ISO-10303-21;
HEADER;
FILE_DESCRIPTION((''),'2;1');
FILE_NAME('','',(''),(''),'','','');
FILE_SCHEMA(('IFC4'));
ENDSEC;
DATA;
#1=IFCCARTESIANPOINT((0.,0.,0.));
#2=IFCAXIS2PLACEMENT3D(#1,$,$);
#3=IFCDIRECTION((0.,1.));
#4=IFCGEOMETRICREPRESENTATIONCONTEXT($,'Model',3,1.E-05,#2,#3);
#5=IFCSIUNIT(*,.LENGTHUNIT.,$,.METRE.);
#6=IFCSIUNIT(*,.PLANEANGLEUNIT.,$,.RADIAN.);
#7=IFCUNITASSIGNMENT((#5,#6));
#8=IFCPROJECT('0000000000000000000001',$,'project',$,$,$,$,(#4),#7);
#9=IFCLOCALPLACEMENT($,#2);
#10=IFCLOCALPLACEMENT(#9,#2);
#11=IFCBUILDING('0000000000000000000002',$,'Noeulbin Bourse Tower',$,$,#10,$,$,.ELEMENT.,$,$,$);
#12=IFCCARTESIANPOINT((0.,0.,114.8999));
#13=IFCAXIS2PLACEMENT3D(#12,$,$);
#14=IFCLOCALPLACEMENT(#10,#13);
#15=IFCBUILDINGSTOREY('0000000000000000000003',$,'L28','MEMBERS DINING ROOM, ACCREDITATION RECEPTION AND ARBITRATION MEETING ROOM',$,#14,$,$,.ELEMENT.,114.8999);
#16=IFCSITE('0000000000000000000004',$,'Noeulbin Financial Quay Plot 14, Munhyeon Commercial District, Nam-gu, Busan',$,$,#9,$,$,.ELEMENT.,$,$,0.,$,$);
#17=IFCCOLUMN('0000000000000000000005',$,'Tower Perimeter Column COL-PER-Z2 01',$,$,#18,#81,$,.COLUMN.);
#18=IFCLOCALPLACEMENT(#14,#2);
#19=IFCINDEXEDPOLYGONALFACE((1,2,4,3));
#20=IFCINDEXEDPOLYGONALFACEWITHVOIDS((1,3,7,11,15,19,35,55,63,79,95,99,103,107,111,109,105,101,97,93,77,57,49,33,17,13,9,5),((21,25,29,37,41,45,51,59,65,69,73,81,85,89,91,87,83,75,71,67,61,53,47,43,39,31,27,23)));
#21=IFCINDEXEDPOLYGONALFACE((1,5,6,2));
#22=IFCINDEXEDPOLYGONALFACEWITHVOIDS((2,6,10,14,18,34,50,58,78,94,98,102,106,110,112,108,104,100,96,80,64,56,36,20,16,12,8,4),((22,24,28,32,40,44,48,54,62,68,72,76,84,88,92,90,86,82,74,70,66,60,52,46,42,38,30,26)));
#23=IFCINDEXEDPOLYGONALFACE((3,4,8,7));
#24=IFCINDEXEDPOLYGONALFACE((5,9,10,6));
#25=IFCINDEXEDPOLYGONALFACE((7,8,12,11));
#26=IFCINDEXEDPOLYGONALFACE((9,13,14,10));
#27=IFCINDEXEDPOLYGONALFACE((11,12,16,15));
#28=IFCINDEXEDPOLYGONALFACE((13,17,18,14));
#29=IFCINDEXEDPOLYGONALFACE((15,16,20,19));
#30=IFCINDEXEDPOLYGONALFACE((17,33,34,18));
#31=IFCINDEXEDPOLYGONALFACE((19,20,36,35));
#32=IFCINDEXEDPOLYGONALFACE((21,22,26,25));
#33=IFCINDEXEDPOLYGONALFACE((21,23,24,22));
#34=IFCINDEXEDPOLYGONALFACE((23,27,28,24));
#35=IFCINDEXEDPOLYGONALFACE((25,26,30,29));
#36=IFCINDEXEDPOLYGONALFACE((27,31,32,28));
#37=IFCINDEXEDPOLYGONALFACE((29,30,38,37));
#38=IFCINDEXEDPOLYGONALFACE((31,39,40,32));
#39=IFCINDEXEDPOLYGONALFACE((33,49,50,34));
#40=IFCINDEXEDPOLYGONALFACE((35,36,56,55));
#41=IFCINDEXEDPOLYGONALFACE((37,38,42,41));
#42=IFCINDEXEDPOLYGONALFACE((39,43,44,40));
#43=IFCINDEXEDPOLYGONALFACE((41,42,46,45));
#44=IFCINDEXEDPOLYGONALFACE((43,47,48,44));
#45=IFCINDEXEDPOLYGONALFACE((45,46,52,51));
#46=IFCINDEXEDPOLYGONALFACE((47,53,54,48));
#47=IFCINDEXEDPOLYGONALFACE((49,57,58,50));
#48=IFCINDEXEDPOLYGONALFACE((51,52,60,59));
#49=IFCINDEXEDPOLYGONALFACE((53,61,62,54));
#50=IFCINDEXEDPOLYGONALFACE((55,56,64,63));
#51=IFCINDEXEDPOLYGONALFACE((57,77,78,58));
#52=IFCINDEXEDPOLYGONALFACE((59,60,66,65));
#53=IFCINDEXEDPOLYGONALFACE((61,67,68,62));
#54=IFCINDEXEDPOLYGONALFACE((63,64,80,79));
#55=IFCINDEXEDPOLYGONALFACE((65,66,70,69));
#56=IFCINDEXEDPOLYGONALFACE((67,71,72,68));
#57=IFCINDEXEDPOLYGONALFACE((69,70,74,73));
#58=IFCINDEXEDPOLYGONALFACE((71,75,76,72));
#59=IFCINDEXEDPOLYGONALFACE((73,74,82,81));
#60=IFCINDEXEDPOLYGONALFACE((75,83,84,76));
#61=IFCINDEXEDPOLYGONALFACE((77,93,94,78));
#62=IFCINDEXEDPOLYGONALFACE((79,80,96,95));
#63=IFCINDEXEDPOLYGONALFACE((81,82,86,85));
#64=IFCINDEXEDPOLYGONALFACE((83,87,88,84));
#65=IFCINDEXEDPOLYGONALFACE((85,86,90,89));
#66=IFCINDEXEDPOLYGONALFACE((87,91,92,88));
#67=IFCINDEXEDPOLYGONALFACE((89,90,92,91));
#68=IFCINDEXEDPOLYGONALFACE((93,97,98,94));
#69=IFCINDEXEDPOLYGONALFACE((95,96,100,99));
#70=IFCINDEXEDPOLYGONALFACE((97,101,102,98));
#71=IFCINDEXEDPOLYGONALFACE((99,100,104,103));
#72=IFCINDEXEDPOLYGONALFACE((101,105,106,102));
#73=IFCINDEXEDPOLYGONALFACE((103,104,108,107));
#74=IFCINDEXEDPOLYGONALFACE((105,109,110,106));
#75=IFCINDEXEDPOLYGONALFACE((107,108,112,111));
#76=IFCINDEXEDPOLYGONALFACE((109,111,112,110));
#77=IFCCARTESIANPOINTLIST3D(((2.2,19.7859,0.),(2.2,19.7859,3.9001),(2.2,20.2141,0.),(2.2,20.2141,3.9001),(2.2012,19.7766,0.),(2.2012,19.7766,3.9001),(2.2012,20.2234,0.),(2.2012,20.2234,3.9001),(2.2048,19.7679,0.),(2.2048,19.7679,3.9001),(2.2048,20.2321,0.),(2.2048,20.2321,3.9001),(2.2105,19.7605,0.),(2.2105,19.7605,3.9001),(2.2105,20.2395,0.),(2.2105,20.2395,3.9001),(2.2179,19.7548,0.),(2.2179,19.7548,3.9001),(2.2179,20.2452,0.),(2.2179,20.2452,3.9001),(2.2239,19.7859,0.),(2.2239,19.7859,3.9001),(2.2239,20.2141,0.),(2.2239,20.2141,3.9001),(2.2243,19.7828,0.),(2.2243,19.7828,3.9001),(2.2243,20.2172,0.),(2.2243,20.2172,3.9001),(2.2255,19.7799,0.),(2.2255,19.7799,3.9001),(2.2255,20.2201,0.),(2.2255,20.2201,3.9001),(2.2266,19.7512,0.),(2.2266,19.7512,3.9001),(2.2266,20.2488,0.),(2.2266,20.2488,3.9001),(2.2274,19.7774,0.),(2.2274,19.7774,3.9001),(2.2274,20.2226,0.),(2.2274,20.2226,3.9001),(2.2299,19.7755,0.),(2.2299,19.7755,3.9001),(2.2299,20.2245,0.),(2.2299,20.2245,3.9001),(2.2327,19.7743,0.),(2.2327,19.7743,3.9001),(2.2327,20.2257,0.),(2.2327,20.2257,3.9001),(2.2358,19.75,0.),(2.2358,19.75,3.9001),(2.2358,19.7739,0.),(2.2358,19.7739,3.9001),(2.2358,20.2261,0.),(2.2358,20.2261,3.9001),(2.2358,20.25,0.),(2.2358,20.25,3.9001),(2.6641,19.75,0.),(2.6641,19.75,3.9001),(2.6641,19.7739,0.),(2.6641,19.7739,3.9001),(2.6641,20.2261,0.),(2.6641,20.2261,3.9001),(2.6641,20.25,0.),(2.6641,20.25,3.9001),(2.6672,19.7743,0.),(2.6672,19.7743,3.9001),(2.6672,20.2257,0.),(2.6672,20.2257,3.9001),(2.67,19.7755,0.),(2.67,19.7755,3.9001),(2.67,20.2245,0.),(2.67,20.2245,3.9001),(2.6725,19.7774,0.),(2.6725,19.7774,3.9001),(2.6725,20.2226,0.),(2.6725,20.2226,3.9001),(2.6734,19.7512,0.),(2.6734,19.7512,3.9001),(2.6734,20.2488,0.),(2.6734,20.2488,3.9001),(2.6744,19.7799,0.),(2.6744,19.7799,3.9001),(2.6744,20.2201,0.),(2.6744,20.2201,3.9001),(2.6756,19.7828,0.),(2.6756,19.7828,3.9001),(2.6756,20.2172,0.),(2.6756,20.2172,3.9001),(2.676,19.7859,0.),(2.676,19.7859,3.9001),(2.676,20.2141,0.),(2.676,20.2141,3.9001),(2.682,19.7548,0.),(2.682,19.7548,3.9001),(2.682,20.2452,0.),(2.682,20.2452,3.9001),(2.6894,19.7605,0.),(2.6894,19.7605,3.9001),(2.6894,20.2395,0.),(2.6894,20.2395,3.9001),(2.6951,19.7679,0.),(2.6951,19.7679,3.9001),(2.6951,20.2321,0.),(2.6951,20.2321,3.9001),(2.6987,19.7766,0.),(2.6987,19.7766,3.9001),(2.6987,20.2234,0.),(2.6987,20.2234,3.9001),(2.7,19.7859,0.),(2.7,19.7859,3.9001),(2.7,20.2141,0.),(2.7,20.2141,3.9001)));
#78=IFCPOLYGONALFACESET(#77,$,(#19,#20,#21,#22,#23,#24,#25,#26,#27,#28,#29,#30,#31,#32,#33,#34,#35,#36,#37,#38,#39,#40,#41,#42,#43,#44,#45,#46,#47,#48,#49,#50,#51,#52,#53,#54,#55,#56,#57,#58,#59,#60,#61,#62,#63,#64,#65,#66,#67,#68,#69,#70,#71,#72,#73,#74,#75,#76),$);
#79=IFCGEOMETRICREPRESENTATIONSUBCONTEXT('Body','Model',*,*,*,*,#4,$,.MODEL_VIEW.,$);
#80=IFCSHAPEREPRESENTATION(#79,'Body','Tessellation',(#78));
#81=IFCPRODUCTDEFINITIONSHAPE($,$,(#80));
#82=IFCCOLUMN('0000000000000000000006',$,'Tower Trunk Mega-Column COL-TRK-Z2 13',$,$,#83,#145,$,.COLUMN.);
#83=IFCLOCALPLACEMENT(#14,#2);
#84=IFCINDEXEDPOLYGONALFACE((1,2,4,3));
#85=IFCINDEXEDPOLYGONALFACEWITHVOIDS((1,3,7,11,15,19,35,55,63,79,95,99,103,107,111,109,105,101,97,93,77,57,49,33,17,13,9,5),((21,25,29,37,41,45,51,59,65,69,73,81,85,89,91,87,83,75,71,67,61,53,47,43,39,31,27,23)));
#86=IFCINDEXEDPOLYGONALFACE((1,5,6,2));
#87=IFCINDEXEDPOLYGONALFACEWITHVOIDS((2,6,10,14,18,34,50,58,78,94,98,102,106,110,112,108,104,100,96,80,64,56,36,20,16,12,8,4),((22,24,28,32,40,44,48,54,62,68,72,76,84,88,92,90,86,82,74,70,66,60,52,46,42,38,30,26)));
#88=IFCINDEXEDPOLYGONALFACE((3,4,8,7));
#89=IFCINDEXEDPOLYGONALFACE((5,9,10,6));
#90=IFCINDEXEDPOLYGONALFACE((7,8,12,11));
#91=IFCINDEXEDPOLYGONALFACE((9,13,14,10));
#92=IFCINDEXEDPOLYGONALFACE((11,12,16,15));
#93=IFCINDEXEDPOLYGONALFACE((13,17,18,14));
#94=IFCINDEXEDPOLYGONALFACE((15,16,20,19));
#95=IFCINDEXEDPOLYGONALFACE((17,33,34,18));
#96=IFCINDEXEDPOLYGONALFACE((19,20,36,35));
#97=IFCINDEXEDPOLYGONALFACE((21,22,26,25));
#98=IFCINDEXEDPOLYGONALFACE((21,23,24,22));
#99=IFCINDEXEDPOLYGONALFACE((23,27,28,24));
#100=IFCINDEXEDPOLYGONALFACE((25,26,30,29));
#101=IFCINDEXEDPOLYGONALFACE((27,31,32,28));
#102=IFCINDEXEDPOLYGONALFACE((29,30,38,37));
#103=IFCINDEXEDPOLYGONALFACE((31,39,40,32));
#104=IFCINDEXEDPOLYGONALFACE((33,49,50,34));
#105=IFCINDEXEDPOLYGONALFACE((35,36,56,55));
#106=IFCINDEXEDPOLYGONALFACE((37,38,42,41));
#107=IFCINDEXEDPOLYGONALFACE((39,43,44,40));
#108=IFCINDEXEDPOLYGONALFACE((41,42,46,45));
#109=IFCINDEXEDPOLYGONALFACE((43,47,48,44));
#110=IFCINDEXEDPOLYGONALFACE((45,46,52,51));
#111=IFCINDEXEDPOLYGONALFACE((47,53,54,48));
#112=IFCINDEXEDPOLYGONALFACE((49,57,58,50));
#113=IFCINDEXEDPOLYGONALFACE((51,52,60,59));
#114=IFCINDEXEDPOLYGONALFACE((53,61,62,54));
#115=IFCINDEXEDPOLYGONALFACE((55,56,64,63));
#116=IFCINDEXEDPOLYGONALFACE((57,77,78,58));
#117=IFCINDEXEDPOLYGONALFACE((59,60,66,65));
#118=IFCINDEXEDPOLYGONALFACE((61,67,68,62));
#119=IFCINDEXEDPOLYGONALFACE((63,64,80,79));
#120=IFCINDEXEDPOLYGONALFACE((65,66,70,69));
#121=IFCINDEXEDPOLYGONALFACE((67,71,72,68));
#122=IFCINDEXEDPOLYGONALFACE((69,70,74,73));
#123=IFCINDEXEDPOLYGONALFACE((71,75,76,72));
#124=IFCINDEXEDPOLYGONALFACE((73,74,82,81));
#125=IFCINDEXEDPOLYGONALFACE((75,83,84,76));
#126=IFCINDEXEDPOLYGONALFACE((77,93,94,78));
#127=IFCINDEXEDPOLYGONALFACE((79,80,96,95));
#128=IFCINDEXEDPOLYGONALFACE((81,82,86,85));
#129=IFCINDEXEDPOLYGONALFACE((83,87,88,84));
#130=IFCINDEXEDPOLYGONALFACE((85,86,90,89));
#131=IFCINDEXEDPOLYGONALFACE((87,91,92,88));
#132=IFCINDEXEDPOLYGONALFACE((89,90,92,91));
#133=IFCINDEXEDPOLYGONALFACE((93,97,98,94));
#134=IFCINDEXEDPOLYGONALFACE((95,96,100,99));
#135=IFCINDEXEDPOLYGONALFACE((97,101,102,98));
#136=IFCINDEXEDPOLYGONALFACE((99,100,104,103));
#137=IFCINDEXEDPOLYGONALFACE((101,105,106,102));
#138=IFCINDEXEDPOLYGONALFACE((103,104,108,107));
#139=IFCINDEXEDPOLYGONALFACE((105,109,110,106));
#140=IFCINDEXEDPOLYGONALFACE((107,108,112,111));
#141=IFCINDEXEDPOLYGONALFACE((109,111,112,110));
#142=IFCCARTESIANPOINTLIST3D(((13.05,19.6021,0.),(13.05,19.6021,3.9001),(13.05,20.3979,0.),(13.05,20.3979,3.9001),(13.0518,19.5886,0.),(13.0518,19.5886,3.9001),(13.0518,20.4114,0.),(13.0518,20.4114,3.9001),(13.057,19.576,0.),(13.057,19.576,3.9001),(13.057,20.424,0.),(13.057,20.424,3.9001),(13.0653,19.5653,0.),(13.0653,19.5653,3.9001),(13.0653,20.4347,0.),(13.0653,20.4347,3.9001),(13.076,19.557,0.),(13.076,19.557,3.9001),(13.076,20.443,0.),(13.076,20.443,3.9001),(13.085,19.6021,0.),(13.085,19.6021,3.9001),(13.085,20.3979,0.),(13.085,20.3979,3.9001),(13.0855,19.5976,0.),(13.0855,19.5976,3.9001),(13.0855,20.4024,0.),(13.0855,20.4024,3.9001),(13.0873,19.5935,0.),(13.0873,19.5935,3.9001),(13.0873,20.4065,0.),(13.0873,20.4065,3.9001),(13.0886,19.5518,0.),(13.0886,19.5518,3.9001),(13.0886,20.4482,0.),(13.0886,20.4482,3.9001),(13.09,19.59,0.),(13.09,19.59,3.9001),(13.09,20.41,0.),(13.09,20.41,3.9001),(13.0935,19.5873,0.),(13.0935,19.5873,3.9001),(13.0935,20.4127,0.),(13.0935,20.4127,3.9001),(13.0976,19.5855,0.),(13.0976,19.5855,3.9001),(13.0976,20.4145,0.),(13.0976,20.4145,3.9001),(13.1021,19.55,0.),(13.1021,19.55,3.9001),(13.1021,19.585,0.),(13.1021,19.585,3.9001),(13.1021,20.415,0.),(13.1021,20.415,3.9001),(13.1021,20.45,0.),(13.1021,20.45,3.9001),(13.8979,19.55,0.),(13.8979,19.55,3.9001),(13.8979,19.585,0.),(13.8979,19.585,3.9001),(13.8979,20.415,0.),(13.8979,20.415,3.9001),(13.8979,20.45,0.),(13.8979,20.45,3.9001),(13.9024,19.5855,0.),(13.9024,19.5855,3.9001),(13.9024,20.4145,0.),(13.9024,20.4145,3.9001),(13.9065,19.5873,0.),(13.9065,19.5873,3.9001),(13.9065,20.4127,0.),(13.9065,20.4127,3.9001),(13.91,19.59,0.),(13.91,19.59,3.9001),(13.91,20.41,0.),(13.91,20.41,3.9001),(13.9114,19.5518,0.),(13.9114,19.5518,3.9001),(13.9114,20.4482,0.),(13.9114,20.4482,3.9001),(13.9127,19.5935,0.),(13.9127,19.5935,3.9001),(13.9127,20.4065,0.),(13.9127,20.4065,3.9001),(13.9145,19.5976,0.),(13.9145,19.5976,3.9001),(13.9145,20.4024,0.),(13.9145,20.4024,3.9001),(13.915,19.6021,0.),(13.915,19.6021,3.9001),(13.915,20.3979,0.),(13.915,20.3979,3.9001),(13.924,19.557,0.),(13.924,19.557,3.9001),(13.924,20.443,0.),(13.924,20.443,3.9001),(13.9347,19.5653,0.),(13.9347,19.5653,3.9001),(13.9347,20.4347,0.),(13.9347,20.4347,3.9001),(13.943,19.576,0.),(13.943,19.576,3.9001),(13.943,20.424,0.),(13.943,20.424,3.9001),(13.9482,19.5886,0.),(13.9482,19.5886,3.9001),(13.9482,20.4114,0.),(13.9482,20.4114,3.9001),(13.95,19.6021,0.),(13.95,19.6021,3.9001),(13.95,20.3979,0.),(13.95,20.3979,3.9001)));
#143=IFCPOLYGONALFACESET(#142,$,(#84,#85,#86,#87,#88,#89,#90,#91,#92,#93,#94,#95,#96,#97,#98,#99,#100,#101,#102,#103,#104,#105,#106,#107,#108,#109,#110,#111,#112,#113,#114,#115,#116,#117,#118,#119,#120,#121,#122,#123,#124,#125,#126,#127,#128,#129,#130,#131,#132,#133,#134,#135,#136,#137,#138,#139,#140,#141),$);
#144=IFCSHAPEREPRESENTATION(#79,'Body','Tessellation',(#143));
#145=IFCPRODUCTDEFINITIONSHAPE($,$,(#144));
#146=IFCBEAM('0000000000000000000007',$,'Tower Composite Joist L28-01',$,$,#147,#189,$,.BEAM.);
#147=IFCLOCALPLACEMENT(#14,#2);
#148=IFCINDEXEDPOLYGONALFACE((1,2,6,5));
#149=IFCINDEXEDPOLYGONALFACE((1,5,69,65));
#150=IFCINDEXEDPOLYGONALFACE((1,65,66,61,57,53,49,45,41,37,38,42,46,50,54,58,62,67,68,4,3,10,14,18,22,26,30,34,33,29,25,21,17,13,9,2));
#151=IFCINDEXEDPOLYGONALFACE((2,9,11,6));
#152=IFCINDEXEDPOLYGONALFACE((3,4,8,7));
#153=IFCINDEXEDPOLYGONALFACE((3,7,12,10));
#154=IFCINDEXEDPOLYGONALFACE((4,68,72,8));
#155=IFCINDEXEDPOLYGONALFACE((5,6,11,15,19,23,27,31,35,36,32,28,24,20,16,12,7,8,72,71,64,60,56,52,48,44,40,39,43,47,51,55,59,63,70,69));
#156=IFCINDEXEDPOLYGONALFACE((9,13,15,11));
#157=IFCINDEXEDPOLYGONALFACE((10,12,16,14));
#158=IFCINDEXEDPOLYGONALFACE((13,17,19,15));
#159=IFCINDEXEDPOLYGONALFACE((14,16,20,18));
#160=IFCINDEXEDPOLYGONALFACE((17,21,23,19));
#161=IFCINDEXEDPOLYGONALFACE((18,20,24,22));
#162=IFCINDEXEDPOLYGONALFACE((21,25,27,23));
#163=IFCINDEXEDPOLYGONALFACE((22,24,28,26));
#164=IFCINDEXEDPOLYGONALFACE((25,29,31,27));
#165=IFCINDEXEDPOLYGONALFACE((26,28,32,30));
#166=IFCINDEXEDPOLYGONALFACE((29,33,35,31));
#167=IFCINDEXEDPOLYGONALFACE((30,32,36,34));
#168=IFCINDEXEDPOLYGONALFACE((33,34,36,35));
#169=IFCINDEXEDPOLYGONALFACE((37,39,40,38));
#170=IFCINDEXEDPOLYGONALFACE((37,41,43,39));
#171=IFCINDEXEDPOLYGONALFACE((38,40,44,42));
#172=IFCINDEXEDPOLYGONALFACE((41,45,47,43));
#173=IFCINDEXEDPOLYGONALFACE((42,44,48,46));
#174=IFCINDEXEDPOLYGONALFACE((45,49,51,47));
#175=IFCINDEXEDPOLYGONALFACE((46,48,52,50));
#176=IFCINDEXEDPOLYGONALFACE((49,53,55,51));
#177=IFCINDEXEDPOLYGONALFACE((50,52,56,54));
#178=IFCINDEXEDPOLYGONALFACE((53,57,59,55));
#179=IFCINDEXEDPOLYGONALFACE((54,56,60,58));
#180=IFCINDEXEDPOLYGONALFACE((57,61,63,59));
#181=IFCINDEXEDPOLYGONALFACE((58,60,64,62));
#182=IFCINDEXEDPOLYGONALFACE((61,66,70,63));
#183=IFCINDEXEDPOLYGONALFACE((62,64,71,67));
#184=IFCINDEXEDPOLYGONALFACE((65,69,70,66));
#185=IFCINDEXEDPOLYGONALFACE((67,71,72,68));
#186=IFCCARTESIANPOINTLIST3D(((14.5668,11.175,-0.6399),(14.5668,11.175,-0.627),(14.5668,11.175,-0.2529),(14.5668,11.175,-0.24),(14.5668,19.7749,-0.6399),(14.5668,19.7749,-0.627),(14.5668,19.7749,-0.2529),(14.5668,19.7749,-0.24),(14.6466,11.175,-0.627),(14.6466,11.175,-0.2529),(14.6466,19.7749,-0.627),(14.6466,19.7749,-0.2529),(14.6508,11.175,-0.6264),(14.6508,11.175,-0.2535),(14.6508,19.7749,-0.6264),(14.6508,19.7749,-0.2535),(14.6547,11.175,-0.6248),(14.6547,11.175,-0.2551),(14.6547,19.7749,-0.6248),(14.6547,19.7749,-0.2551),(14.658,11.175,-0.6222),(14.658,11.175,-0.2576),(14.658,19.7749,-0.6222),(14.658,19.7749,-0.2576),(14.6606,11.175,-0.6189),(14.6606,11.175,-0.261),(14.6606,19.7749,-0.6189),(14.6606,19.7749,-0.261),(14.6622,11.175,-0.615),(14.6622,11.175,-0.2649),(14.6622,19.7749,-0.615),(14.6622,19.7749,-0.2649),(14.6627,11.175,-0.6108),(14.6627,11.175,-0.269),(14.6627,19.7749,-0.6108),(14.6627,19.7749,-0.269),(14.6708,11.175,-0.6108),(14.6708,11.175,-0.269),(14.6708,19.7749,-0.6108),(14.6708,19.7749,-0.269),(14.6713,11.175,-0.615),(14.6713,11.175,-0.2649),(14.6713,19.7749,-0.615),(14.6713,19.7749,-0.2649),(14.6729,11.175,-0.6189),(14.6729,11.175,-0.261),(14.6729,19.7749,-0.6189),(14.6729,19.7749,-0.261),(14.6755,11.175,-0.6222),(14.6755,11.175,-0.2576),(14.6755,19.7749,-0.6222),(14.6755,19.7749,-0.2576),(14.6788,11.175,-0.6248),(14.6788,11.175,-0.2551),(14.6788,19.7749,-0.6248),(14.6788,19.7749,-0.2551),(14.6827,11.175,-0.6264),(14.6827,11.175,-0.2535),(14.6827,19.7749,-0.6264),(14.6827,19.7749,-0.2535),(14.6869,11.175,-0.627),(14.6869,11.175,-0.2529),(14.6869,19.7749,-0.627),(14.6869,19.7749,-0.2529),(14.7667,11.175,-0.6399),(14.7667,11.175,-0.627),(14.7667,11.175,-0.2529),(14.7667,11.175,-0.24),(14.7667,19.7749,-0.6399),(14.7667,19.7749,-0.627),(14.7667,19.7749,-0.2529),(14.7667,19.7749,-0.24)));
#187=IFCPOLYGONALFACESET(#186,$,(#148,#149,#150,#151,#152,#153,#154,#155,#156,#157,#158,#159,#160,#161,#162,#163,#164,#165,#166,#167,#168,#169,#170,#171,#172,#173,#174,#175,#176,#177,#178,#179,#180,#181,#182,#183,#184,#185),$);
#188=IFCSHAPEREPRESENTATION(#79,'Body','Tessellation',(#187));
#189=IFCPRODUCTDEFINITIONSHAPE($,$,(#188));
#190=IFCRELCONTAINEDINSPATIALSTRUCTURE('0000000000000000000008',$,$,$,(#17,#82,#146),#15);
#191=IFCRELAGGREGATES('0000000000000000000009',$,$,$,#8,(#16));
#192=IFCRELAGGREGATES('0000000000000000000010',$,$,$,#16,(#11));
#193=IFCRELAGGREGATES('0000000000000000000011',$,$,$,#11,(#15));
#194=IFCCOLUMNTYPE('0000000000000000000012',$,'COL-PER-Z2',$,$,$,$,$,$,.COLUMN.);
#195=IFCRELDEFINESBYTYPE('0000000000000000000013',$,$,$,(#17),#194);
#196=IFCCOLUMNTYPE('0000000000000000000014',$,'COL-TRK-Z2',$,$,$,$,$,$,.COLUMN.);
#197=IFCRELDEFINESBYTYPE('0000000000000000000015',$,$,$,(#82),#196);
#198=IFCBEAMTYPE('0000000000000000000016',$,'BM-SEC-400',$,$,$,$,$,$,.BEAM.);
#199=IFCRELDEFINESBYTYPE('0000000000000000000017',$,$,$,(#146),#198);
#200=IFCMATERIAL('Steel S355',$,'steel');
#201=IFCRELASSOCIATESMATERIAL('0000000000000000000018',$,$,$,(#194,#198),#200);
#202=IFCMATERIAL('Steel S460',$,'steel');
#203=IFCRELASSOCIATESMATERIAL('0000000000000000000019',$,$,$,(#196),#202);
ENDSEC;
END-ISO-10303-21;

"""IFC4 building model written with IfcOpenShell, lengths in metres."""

from ifc_helpers import new_model, si_unit, direction, frame, origin, origin_2d, place, context, subcontext, project, spatial, hollow_rectangle, i_section, extrude, material, material_profile, profile_set, type_object, element, save


model = new_model("IFC4")

# Units and contexts
model_context = context("Model", 3, precision=1e-05, world=origin(), true_north=direction((0.0, 1.0)))
body_context = subcontext(model_context, "Body", "Model", "MODEL_VIEW")
ifc_project = project(units=[si_unit("LENGTHUNIT", "METRE"), si_unit("PLANEANGLEUNIT", "RADIAN")], contexts=[model_context])

# Site, building, storey
site_placement = place(None, origin())
site = spatial("IfcSite", under=ifc_project, at=site_placement, Name="Noeulbin Financial Quay Plot 14, Munhyeon Commercial District, Nam-gu, Busan", CompositionType="ELEMENT", RefElevation=0.0)
building_placement = place(site_placement, origin())
building = spatial("IfcBuilding", under=site, at=building_placement, Name="Noeulbin Bourse Tower", CompositionType="ELEMENT")
storey_placement = place(building_placement, frame((0.0, 0.0, 114.8999)))
storey = spatial("IfcBuildingStorey", under=building, at=storey_placement, Name="L28", Description="MEMBERS DINING ROOM, ACCREDITATION RECEPTION AND ARBITRATION MEETING ROOM", CompositionType="ELEMENT", Elevation=114.8999)

# Columns
ifc_material_1 = material(Name="Steel S355", Category="steel")
ifc_material_profile_1 = material_profile(ifc_material_1, hollow_rectangle(XDim=0.5, YDim=0.5, WallThickness=0.0239, InnerFilletRadius=0.012, OuterFilletRadius=0.0359, at=origin_2d()), Name="BOX-500x500x24", Category="LoadBearing")
ifc_profile_set_1 = profile_set([ifc_material_profile_1], Name="Steel S355")
column_type_1 = type_object("IfcColumnType", Name="COL-PER-Z2", PredefinedType="COLUMN", material=ifc_profile_set_1)
column_1_placement = place(storey_placement, frame((2.45, 20.0, 0.0), z_axis=(0.0, 0.0, 1.0), x_axis=(1.0, 0.0, 0.0)))
element("IfcColumn", 1, at=column_1_placement, inside=storey, type_object=column_type_1, Name="Tower Perimeter Column COL-PER-Z2 01", PredefinedType="COLUMN", context=body_context, shape_type="SweptSolid", body=[
    extrude(hollow_rectangle(XDim=0.5, YDim=0.5, WallThickness=0.0239, InnerFilletRadius=0.012, OuterFilletRadius=0.0359, at=origin_2d()), origin(), (0.0, 0.0, 1.0), 3.9001),
])
ifc_material_2 = material(Name="Steel S460", Category="steel")
ifc_material_profile_2 = material_profile(ifc_material_2, hollow_rectangle(XDim=0.8999, YDim=0.8999, WallThickness=0.0349, InnerFilletRadius=0.0171, OuterFilletRadius=0.052, at=origin_2d()), Name="BOX-900x900x35", Category="LoadBearing")
ifc_profile_set_2 = profile_set([ifc_material_profile_2], Name="Steel S460")
column_type_2 = type_object("IfcColumnType", Name="COL-TRK-Z2", PredefinedType="COLUMN", material=ifc_profile_set_2)
column_2_placement = place(storey_placement, frame((13.5, 20.0, 0.0), z_axis=(0.0, 0.0, 1.0), x_axis=(1.0, 0.0, 0.0)))
element("IfcColumn", 2, at=column_2_placement, inside=storey, type_object=column_type_2, Name="Tower Trunk Mega-Column COL-TRK-Z2 13", PredefinedType="COLUMN", context=body_context, shape_type="SweptSolid", body=[
    extrude(hollow_rectangle(XDim=0.8999, YDim=0.8999, WallThickness=0.0349, InnerFilletRadius=0.0171, OuterFilletRadius=0.052, at=origin_2d()), origin(), (0.0, 0.0, 1.0), 3.9001),
])

# Beam
ifc_material_profile_3 = material_profile(ifc_material_1, i_section(OverallWidth=0.2, OverallDepth=0.3999, WebThickness=0.0081, FlangeThickness=0.0129, FilletRadius=0.0161, at=origin_2d()), Name="H-400x200x8x13", Category="LoadBearing")
ifc_profile_set_3 = profile_set([ifc_material_profile_3], Name="Steel S355")
beam_type_1 = type_object("IfcBeamType", Name="BM-SEC-400", PredefinedType="BEAM", material=ifc_profile_set_3)
beam_1_placement = place(storey_placement, frame((14.6667, 11.175, -0.4399), z_axis=(0.0, 1.0, 0.0), x_axis=(-1.0, 0.0, 0.0)))
element("IfcBeam", 3, at=beam_1_placement, inside=storey, type_object=beam_type_1, Name="Tower Composite Joist L28-01", PredefinedType="BEAM", context=body_context, shape_type="SweptSolid", body=[
    extrude(i_section(OverallWidth=0.2, OverallDepth=0.3999, WebThickness=0.0081, FlangeThickness=0.0129, FilletRadius=0.0161, at=origin_2d()), origin(), (0.0, 0.0, 1.0), 8.5999),
])

save(model, "model.ifc")
